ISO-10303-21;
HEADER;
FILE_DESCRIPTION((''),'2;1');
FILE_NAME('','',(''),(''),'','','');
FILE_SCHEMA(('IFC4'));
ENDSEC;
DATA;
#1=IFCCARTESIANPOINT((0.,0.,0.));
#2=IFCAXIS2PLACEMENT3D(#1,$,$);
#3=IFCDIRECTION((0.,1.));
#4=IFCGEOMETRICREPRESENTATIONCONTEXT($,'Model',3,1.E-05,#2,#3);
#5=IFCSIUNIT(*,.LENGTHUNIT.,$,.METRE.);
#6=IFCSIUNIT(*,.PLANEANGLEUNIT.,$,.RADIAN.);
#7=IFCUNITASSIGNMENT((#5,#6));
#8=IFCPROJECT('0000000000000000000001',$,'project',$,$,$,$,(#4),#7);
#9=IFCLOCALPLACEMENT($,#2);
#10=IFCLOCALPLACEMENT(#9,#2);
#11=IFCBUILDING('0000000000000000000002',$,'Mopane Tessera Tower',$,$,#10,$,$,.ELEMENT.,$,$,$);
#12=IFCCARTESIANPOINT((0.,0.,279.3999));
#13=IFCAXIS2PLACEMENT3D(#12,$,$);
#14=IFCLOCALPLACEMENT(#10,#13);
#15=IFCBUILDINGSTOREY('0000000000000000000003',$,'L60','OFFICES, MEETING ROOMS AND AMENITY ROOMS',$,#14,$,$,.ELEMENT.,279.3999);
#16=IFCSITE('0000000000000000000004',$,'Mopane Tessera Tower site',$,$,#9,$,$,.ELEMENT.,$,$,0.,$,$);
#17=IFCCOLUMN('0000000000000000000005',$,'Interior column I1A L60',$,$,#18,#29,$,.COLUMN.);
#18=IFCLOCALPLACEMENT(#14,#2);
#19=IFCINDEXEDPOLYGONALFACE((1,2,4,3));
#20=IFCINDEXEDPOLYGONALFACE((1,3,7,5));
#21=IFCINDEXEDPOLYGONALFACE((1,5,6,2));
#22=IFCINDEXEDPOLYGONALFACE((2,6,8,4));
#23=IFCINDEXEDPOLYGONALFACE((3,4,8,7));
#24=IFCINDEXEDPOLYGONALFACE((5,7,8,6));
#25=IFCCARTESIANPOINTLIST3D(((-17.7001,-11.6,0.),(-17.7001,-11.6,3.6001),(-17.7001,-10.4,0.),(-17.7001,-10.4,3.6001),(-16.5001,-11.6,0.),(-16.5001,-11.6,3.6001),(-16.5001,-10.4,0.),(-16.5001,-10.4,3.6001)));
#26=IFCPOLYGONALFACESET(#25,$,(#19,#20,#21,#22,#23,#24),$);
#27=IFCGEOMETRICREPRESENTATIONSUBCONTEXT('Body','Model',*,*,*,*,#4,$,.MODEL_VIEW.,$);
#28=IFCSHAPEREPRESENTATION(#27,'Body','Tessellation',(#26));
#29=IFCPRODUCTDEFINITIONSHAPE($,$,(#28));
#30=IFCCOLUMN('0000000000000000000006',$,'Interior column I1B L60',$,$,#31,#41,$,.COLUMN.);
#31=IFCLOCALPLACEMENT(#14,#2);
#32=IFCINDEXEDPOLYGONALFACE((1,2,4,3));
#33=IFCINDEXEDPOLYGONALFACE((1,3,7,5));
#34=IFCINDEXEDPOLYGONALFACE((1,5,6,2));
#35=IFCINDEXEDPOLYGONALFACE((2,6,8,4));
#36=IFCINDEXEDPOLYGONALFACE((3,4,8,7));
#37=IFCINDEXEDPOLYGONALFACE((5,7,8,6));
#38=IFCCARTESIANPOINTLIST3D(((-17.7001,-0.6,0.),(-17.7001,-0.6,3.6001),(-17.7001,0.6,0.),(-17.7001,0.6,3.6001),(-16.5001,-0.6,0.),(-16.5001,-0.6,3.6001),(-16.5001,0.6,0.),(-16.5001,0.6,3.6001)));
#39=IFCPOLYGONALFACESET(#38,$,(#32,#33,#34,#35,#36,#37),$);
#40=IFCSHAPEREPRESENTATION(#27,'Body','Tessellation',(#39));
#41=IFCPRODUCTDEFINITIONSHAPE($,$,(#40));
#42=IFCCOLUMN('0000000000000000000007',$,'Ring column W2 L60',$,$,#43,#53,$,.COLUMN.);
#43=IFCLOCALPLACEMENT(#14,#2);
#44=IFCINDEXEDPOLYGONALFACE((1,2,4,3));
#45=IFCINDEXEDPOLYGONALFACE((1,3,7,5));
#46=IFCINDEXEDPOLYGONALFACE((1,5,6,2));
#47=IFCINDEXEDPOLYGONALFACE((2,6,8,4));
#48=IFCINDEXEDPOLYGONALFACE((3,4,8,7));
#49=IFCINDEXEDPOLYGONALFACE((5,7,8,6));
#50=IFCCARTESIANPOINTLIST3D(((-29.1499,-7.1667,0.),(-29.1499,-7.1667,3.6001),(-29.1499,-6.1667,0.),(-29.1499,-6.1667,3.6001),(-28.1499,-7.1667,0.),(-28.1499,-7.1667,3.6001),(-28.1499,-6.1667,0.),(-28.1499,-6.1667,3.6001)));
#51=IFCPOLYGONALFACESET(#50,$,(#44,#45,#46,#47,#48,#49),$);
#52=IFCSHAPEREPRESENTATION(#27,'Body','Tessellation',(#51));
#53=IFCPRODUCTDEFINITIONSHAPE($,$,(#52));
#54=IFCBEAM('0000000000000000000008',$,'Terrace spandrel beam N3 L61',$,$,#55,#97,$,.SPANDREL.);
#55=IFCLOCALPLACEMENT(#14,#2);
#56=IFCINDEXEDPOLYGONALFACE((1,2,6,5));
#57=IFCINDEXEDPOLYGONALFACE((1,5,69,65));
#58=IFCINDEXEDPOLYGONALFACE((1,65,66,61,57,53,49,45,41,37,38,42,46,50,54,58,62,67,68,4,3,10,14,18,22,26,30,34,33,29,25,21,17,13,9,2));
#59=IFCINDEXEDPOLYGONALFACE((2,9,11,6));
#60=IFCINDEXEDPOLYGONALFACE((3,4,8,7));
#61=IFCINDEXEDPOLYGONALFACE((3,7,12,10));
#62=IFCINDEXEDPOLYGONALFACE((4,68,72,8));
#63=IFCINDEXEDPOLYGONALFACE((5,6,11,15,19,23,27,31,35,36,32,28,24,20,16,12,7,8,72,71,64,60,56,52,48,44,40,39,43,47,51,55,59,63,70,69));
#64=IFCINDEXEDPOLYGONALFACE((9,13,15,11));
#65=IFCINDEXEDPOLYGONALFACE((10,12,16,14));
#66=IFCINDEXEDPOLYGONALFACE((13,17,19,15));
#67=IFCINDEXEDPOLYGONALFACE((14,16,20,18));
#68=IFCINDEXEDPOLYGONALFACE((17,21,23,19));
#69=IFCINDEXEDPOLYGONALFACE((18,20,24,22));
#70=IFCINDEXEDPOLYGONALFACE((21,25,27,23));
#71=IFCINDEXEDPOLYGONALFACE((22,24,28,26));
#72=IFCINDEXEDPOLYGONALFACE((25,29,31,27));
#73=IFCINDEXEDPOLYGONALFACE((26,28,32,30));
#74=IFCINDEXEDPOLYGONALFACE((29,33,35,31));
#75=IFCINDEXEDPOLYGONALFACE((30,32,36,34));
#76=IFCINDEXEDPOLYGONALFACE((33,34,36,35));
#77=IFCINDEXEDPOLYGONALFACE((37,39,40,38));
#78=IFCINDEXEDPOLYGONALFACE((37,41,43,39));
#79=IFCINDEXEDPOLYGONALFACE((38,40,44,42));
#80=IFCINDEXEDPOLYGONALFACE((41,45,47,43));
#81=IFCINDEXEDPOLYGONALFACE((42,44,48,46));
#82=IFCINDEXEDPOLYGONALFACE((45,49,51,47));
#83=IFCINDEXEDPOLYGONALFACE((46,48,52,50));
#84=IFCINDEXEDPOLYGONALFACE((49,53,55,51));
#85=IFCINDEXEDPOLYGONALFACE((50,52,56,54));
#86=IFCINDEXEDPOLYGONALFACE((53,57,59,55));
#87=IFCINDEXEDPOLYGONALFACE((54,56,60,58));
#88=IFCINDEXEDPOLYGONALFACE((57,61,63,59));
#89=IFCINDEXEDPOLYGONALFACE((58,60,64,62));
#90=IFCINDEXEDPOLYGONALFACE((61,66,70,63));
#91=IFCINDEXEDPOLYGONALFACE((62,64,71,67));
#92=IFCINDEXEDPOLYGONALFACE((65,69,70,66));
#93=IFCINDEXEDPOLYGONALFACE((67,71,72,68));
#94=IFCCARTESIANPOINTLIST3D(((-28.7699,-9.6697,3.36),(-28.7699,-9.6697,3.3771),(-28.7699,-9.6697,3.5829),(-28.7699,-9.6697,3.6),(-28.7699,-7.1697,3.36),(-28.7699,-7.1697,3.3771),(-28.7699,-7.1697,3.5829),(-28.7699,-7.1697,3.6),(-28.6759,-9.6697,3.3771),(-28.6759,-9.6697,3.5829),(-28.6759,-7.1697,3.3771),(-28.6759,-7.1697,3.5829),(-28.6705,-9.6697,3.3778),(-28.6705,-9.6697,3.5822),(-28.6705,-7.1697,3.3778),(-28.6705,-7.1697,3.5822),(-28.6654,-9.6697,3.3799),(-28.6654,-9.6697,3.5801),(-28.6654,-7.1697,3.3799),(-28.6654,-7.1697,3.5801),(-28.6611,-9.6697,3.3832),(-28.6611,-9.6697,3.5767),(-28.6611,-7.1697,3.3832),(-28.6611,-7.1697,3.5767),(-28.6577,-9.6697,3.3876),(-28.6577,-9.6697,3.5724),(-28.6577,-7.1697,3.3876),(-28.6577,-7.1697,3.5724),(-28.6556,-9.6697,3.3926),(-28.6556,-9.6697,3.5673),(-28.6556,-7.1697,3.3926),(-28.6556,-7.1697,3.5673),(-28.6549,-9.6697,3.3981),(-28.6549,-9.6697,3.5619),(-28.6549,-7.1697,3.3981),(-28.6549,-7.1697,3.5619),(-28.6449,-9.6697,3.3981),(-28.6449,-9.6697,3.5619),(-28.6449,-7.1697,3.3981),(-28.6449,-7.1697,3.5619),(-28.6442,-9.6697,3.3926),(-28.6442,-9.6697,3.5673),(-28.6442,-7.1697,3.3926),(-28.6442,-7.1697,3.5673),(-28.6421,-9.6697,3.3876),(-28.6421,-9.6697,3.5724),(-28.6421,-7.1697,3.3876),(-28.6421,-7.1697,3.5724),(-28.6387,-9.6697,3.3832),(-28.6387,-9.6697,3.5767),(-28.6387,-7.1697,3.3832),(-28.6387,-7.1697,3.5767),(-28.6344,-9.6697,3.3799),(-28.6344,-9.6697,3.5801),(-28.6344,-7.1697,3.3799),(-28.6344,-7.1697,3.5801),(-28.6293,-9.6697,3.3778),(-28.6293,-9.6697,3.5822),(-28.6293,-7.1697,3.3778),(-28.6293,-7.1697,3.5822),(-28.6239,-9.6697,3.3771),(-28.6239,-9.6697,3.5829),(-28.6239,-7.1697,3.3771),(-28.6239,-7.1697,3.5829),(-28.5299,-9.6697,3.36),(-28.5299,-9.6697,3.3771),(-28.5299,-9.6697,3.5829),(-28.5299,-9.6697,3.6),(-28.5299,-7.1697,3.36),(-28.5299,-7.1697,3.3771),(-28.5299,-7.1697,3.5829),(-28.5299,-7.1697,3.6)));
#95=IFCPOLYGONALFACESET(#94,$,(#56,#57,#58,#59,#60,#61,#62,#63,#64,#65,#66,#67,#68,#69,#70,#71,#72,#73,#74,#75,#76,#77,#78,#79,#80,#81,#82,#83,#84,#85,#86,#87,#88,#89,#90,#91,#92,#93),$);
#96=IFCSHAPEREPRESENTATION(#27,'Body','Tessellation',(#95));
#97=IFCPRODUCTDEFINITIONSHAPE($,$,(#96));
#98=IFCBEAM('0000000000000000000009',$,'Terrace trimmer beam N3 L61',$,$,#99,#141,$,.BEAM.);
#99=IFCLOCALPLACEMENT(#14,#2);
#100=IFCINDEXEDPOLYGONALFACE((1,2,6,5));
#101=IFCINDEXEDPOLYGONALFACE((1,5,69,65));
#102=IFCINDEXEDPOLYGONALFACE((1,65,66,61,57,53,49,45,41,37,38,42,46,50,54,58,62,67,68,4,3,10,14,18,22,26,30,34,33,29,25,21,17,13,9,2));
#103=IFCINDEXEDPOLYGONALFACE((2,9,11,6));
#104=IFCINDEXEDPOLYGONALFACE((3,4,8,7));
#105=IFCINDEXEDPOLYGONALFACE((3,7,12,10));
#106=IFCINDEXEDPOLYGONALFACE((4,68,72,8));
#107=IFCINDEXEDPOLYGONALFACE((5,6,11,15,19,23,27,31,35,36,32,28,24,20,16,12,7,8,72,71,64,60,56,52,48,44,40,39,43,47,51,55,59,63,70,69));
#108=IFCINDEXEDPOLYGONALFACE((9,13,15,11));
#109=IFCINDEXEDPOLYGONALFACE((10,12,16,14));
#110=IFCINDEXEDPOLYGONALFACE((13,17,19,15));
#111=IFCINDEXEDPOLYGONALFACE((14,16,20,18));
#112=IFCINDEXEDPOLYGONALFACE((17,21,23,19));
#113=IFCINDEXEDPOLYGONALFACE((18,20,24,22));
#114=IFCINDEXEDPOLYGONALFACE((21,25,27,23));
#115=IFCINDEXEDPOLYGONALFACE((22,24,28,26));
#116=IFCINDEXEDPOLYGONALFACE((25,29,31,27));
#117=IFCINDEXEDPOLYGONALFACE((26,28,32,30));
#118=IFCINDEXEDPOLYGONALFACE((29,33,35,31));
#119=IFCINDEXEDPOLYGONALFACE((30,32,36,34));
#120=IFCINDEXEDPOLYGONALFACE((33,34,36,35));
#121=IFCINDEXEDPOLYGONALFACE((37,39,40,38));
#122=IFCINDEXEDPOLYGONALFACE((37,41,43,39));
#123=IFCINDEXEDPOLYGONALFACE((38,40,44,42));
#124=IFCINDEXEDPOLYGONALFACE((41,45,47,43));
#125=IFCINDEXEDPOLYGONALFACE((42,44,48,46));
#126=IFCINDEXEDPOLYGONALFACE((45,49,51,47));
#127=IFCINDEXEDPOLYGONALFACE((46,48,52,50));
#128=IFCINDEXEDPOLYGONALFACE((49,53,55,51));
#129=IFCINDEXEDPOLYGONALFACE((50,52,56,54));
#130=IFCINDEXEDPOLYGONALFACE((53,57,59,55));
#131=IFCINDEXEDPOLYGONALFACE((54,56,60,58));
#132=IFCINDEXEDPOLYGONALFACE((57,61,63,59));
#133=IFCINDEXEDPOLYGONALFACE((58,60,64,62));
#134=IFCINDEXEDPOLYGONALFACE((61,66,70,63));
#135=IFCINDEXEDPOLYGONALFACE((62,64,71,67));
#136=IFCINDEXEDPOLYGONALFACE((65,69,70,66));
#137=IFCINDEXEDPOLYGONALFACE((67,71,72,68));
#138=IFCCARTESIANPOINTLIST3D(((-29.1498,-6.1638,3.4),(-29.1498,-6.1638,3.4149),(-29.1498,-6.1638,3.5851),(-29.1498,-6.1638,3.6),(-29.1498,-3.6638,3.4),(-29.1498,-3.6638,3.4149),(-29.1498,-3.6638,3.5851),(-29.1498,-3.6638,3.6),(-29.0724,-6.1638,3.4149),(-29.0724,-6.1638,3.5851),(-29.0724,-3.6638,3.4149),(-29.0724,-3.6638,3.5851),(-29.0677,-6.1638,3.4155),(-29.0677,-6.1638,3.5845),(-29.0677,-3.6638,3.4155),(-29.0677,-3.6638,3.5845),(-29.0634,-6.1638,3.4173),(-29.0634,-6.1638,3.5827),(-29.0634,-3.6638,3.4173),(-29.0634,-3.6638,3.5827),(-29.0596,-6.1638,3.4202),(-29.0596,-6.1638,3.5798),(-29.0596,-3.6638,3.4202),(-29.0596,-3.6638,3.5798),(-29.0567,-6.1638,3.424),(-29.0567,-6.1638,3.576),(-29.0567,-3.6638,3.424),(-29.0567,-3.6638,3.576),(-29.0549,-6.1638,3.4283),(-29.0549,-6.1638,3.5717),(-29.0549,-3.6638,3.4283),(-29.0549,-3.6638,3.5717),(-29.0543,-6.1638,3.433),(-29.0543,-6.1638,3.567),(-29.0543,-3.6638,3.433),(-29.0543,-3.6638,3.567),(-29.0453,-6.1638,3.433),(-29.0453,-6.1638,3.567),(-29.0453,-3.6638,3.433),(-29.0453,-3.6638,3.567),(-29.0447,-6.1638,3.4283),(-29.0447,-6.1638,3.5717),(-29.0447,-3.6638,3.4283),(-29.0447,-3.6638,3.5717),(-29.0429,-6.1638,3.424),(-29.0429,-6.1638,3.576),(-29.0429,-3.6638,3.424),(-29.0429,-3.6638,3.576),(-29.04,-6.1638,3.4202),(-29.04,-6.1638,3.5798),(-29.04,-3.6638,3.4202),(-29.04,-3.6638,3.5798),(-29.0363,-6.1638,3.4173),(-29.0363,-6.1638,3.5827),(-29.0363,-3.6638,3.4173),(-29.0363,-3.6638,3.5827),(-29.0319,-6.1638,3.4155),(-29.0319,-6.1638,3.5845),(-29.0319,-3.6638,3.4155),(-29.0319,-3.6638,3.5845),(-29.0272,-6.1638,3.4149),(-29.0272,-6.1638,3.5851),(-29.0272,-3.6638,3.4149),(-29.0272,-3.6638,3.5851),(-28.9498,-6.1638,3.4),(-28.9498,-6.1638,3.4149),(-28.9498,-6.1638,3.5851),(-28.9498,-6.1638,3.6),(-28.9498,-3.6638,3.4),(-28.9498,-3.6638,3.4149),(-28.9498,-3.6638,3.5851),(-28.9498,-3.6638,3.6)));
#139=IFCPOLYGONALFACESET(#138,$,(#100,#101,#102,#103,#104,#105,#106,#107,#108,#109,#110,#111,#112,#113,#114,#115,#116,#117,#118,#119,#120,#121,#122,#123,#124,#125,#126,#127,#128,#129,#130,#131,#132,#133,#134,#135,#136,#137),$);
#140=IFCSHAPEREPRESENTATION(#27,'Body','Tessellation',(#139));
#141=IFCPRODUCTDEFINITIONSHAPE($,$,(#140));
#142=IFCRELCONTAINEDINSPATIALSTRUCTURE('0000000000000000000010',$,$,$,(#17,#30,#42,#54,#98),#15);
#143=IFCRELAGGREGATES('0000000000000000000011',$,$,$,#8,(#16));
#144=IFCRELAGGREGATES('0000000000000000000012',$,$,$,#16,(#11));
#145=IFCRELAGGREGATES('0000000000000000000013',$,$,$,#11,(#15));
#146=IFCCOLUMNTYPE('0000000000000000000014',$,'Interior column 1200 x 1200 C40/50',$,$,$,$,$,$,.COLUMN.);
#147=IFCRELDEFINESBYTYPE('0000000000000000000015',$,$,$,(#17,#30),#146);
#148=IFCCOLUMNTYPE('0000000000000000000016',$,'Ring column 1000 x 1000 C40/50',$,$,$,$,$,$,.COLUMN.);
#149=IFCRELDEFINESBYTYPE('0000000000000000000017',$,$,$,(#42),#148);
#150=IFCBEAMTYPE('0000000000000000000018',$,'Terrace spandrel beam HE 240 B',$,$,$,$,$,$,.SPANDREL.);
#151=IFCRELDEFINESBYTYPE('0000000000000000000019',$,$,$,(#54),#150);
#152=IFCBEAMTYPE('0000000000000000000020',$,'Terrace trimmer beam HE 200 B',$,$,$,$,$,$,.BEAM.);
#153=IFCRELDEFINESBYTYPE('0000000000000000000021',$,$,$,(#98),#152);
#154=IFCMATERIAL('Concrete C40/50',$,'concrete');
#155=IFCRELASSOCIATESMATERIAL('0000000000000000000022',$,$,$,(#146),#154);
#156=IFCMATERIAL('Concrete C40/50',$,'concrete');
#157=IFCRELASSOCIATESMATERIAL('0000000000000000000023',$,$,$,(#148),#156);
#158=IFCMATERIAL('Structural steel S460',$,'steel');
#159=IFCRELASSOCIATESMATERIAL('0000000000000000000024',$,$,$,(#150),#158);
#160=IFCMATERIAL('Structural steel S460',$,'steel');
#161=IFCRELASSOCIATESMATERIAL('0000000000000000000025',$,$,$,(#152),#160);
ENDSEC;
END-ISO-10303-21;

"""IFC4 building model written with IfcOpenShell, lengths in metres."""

from ifc_helpers import new_model, si_unit, direction, frame, origin, origin_2d, place, context, subcontext, project, spatial, rectangle, i_section, extrude, material, material_profile, profile_set, type_object, element, save


model = new_model("IFC4")

# Units and contexts
model_context = context("Model", 3, precision=1e-05, world=origin(), true_north=direction((0.0, 1.0)))
body_context = subcontext(model_context, "Body", "Model", "MODEL_VIEW")
ifc_project = project(units=[si_unit("LENGTHUNIT", "METRE"), si_unit("PLANEANGLEUNIT", "RADIAN")], contexts=[model_context])

# Site, building, storey
site_placement = place(None, origin())
site = spatial("IfcSite", under=ifc_project, at=site_placement, Name="Mopane Tessera Tower site", CompositionType="ELEMENT", RefElevation=0.0)
building_placement = place(site_placement, origin())
building = spatial("IfcBuilding", under=site, at=building_placement, Name="Mopane Tessera Tower", CompositionType="ELEMENT")
storey_placement = place(building_placement, frame((0.0, 0.0, 279.3999)))
storey = spatial("IfcBuildingStorey", under=building, at=storey_placement, Name="L60", Description="OFFICES, MEETING ROOMS AND AMENITY ROOMS", CompositionType="ELEMENT", Elevation=279.3999)

# Columns
ifc_material_1 = material(Name="Concrete C40/50", Category="concrete")
ifc_material_profile_1 = material_profile(ifc_material_1, rectangle(XDim=1.2, YDim=1.2, at=origin_2d()))
ifc_profile_set_1 = profile_set([ifc_material_profile_1], Name="Concrete C40/50")
column_type_1 = type_object("IfcColumnType", Name="Interior column 1200 x 1200 C40/50", PredefinedType="COLUMN", material=ifc_profile_set_1)
for number, where, z_axis, x_axis, name in (
    (1, (-17.1001, -11.0, 0.0), (0.0, 0.0, 1.0), (1.0, 0.0, 0.0), "Interior column I1A L60"),
    (2, (-17.1001, 0.0, 0.0), (0.0, 0.0, 1.0), (1.0, 0.0, 0.0), "Interior column I1B L60"),
):
    element("IfcColumn", number, at=place(storey_placement, frame(where, z_axis=z_axis, x_axis=x_axis)), inside=storey, type_object=column_type_1, Name=name, PredefinedType="COLUMN", context=body_context, shape_type="SweptSolid", body=[
        extrude(rectangle(XDim=1.2, YDim=1.2, at=origin_2d()), origin(), (0.0, 0.0, 1.0), 3.6001),
    ])
ifc_material_2 = material(Name="Concrete C40/50", Category="concrete")
ifc_material_profile_2 = material_profile(ifc_material_2, rectangle(XDim=1.0, YDim=1.0, at=origin_2d()))
ifc_profile_set_2 = profile_set([ifc_material_profile_2], Name="Concrete C40/50")
column_type_2 = type_object("IfcColumnType", Name="Ring column 1000 x 1000 C40/50", PredefinedType="COLUMN", material=ifc_profile_set_2)
column_placement = place(storey_placement, frame((-28.6499, -6.6667, 0.0), z_axis=(0.0, 0.0, 1.0), x_axis=(1.0, 0.0, 0.0)))
element("IfcColumn", 3, at=column_placement, inside=storey, type_object=column_type_2, Name="Ring column W2 L60", PredefinedType="COLUMN", context=body_context, shape_type="SweptSolid", body=[
    extrude(rectangle(XDim=1.0, YDim=1.0, at=origin_2d()), origin(), (0.0, 0.0, 1.0), 3.6001),
])

# Beams
ifc_material_3 = material(Name="Structural steel S460", Category="steel")
ifc_material_profile_3 = material_profile(ifc_material_3, i_section(OverallWidth=0.24, OverallDepth=0.24, WebThickness=0.01, FlangeThickness=0.0171, FilletRadius=0.021, at=origin_2d()))
ifc_profile_set_3 = profile_set([ifc_material_profile_3], Name="Structural steel S460")
beam_type_1 = type_object("IfcBeamType", Name="Terrace spandrel beam HE 240 B", PredefinedType="SPANDREL", material=ifc_profile_set_3)
beam_1_placement = place(storey_placement, frame((-28.6499, -7.1697, 3.48), z_axis=(0.0, -1.0, 0.0), x_axis=(1.0, 0.0, 0.0)))
element("IfcBeam", 4, at=beam_1_placement, inside=storey, type_object=beam_type_1, Name="Terrace spandrel beam N3 L61", PredefinedType="SPANDREL", context=body_context, shape_type="SweptSolid", body=[
    extrude(i_section(OverallWidth=0.24, OverallDepth=0.24, WebThickness=0.01, FlangeThickness=0.0171, FilletRadius=0.021, at=origin_2d()), origin(), (0.0, 0.0, 1.0), 2.5),
])
ifc_material_4 = material(Name="Structural steel S460", Category="steel")
ifc_material_profile_4 = material_profile(ifc_material_4, i_section(OverallWidth=0.2, OverallDepth=0.2, WebThickness=0.009, FlangeThickness=0.0149, FilletRadius=0.0181, at=origin_2d()))
ifc_profile_set_4 = profile_set([ifc_material_profile_4], Name="Structural steel S460")
beam_type_2 = type_object("IfcBeamType", Name="Terrace trimmer beam HE 200 B", PredefinedType="BEAM", material=ifc_profile_set_4)
beam_2_placement = place(storey_placement, frame((-29.0498, -6.1638, 3.5), z_axis=(0.0, 1.0, 0.0), x_axis=(-1.0, 0.0, 0.0)))
element("IfcBeam", 5, at=beam_2_placement, inside=storey, type_object=beam_type_2, Name="Terrace trimmer beam N3 L61", PredefinedType="BEAM", context=body_context, shape_type="SweptSolid", body=[
    extrude(i_section(OverallWidth=0.2, OverallDepth=0.2, WebThickness=0.009, FlangeThickness=0.0149, FilletRadius=0.0181, at=origin_2d()), origin(), (0.0, 0.0, 1.0), 2.5),
])

save(model, "model.ifc")
